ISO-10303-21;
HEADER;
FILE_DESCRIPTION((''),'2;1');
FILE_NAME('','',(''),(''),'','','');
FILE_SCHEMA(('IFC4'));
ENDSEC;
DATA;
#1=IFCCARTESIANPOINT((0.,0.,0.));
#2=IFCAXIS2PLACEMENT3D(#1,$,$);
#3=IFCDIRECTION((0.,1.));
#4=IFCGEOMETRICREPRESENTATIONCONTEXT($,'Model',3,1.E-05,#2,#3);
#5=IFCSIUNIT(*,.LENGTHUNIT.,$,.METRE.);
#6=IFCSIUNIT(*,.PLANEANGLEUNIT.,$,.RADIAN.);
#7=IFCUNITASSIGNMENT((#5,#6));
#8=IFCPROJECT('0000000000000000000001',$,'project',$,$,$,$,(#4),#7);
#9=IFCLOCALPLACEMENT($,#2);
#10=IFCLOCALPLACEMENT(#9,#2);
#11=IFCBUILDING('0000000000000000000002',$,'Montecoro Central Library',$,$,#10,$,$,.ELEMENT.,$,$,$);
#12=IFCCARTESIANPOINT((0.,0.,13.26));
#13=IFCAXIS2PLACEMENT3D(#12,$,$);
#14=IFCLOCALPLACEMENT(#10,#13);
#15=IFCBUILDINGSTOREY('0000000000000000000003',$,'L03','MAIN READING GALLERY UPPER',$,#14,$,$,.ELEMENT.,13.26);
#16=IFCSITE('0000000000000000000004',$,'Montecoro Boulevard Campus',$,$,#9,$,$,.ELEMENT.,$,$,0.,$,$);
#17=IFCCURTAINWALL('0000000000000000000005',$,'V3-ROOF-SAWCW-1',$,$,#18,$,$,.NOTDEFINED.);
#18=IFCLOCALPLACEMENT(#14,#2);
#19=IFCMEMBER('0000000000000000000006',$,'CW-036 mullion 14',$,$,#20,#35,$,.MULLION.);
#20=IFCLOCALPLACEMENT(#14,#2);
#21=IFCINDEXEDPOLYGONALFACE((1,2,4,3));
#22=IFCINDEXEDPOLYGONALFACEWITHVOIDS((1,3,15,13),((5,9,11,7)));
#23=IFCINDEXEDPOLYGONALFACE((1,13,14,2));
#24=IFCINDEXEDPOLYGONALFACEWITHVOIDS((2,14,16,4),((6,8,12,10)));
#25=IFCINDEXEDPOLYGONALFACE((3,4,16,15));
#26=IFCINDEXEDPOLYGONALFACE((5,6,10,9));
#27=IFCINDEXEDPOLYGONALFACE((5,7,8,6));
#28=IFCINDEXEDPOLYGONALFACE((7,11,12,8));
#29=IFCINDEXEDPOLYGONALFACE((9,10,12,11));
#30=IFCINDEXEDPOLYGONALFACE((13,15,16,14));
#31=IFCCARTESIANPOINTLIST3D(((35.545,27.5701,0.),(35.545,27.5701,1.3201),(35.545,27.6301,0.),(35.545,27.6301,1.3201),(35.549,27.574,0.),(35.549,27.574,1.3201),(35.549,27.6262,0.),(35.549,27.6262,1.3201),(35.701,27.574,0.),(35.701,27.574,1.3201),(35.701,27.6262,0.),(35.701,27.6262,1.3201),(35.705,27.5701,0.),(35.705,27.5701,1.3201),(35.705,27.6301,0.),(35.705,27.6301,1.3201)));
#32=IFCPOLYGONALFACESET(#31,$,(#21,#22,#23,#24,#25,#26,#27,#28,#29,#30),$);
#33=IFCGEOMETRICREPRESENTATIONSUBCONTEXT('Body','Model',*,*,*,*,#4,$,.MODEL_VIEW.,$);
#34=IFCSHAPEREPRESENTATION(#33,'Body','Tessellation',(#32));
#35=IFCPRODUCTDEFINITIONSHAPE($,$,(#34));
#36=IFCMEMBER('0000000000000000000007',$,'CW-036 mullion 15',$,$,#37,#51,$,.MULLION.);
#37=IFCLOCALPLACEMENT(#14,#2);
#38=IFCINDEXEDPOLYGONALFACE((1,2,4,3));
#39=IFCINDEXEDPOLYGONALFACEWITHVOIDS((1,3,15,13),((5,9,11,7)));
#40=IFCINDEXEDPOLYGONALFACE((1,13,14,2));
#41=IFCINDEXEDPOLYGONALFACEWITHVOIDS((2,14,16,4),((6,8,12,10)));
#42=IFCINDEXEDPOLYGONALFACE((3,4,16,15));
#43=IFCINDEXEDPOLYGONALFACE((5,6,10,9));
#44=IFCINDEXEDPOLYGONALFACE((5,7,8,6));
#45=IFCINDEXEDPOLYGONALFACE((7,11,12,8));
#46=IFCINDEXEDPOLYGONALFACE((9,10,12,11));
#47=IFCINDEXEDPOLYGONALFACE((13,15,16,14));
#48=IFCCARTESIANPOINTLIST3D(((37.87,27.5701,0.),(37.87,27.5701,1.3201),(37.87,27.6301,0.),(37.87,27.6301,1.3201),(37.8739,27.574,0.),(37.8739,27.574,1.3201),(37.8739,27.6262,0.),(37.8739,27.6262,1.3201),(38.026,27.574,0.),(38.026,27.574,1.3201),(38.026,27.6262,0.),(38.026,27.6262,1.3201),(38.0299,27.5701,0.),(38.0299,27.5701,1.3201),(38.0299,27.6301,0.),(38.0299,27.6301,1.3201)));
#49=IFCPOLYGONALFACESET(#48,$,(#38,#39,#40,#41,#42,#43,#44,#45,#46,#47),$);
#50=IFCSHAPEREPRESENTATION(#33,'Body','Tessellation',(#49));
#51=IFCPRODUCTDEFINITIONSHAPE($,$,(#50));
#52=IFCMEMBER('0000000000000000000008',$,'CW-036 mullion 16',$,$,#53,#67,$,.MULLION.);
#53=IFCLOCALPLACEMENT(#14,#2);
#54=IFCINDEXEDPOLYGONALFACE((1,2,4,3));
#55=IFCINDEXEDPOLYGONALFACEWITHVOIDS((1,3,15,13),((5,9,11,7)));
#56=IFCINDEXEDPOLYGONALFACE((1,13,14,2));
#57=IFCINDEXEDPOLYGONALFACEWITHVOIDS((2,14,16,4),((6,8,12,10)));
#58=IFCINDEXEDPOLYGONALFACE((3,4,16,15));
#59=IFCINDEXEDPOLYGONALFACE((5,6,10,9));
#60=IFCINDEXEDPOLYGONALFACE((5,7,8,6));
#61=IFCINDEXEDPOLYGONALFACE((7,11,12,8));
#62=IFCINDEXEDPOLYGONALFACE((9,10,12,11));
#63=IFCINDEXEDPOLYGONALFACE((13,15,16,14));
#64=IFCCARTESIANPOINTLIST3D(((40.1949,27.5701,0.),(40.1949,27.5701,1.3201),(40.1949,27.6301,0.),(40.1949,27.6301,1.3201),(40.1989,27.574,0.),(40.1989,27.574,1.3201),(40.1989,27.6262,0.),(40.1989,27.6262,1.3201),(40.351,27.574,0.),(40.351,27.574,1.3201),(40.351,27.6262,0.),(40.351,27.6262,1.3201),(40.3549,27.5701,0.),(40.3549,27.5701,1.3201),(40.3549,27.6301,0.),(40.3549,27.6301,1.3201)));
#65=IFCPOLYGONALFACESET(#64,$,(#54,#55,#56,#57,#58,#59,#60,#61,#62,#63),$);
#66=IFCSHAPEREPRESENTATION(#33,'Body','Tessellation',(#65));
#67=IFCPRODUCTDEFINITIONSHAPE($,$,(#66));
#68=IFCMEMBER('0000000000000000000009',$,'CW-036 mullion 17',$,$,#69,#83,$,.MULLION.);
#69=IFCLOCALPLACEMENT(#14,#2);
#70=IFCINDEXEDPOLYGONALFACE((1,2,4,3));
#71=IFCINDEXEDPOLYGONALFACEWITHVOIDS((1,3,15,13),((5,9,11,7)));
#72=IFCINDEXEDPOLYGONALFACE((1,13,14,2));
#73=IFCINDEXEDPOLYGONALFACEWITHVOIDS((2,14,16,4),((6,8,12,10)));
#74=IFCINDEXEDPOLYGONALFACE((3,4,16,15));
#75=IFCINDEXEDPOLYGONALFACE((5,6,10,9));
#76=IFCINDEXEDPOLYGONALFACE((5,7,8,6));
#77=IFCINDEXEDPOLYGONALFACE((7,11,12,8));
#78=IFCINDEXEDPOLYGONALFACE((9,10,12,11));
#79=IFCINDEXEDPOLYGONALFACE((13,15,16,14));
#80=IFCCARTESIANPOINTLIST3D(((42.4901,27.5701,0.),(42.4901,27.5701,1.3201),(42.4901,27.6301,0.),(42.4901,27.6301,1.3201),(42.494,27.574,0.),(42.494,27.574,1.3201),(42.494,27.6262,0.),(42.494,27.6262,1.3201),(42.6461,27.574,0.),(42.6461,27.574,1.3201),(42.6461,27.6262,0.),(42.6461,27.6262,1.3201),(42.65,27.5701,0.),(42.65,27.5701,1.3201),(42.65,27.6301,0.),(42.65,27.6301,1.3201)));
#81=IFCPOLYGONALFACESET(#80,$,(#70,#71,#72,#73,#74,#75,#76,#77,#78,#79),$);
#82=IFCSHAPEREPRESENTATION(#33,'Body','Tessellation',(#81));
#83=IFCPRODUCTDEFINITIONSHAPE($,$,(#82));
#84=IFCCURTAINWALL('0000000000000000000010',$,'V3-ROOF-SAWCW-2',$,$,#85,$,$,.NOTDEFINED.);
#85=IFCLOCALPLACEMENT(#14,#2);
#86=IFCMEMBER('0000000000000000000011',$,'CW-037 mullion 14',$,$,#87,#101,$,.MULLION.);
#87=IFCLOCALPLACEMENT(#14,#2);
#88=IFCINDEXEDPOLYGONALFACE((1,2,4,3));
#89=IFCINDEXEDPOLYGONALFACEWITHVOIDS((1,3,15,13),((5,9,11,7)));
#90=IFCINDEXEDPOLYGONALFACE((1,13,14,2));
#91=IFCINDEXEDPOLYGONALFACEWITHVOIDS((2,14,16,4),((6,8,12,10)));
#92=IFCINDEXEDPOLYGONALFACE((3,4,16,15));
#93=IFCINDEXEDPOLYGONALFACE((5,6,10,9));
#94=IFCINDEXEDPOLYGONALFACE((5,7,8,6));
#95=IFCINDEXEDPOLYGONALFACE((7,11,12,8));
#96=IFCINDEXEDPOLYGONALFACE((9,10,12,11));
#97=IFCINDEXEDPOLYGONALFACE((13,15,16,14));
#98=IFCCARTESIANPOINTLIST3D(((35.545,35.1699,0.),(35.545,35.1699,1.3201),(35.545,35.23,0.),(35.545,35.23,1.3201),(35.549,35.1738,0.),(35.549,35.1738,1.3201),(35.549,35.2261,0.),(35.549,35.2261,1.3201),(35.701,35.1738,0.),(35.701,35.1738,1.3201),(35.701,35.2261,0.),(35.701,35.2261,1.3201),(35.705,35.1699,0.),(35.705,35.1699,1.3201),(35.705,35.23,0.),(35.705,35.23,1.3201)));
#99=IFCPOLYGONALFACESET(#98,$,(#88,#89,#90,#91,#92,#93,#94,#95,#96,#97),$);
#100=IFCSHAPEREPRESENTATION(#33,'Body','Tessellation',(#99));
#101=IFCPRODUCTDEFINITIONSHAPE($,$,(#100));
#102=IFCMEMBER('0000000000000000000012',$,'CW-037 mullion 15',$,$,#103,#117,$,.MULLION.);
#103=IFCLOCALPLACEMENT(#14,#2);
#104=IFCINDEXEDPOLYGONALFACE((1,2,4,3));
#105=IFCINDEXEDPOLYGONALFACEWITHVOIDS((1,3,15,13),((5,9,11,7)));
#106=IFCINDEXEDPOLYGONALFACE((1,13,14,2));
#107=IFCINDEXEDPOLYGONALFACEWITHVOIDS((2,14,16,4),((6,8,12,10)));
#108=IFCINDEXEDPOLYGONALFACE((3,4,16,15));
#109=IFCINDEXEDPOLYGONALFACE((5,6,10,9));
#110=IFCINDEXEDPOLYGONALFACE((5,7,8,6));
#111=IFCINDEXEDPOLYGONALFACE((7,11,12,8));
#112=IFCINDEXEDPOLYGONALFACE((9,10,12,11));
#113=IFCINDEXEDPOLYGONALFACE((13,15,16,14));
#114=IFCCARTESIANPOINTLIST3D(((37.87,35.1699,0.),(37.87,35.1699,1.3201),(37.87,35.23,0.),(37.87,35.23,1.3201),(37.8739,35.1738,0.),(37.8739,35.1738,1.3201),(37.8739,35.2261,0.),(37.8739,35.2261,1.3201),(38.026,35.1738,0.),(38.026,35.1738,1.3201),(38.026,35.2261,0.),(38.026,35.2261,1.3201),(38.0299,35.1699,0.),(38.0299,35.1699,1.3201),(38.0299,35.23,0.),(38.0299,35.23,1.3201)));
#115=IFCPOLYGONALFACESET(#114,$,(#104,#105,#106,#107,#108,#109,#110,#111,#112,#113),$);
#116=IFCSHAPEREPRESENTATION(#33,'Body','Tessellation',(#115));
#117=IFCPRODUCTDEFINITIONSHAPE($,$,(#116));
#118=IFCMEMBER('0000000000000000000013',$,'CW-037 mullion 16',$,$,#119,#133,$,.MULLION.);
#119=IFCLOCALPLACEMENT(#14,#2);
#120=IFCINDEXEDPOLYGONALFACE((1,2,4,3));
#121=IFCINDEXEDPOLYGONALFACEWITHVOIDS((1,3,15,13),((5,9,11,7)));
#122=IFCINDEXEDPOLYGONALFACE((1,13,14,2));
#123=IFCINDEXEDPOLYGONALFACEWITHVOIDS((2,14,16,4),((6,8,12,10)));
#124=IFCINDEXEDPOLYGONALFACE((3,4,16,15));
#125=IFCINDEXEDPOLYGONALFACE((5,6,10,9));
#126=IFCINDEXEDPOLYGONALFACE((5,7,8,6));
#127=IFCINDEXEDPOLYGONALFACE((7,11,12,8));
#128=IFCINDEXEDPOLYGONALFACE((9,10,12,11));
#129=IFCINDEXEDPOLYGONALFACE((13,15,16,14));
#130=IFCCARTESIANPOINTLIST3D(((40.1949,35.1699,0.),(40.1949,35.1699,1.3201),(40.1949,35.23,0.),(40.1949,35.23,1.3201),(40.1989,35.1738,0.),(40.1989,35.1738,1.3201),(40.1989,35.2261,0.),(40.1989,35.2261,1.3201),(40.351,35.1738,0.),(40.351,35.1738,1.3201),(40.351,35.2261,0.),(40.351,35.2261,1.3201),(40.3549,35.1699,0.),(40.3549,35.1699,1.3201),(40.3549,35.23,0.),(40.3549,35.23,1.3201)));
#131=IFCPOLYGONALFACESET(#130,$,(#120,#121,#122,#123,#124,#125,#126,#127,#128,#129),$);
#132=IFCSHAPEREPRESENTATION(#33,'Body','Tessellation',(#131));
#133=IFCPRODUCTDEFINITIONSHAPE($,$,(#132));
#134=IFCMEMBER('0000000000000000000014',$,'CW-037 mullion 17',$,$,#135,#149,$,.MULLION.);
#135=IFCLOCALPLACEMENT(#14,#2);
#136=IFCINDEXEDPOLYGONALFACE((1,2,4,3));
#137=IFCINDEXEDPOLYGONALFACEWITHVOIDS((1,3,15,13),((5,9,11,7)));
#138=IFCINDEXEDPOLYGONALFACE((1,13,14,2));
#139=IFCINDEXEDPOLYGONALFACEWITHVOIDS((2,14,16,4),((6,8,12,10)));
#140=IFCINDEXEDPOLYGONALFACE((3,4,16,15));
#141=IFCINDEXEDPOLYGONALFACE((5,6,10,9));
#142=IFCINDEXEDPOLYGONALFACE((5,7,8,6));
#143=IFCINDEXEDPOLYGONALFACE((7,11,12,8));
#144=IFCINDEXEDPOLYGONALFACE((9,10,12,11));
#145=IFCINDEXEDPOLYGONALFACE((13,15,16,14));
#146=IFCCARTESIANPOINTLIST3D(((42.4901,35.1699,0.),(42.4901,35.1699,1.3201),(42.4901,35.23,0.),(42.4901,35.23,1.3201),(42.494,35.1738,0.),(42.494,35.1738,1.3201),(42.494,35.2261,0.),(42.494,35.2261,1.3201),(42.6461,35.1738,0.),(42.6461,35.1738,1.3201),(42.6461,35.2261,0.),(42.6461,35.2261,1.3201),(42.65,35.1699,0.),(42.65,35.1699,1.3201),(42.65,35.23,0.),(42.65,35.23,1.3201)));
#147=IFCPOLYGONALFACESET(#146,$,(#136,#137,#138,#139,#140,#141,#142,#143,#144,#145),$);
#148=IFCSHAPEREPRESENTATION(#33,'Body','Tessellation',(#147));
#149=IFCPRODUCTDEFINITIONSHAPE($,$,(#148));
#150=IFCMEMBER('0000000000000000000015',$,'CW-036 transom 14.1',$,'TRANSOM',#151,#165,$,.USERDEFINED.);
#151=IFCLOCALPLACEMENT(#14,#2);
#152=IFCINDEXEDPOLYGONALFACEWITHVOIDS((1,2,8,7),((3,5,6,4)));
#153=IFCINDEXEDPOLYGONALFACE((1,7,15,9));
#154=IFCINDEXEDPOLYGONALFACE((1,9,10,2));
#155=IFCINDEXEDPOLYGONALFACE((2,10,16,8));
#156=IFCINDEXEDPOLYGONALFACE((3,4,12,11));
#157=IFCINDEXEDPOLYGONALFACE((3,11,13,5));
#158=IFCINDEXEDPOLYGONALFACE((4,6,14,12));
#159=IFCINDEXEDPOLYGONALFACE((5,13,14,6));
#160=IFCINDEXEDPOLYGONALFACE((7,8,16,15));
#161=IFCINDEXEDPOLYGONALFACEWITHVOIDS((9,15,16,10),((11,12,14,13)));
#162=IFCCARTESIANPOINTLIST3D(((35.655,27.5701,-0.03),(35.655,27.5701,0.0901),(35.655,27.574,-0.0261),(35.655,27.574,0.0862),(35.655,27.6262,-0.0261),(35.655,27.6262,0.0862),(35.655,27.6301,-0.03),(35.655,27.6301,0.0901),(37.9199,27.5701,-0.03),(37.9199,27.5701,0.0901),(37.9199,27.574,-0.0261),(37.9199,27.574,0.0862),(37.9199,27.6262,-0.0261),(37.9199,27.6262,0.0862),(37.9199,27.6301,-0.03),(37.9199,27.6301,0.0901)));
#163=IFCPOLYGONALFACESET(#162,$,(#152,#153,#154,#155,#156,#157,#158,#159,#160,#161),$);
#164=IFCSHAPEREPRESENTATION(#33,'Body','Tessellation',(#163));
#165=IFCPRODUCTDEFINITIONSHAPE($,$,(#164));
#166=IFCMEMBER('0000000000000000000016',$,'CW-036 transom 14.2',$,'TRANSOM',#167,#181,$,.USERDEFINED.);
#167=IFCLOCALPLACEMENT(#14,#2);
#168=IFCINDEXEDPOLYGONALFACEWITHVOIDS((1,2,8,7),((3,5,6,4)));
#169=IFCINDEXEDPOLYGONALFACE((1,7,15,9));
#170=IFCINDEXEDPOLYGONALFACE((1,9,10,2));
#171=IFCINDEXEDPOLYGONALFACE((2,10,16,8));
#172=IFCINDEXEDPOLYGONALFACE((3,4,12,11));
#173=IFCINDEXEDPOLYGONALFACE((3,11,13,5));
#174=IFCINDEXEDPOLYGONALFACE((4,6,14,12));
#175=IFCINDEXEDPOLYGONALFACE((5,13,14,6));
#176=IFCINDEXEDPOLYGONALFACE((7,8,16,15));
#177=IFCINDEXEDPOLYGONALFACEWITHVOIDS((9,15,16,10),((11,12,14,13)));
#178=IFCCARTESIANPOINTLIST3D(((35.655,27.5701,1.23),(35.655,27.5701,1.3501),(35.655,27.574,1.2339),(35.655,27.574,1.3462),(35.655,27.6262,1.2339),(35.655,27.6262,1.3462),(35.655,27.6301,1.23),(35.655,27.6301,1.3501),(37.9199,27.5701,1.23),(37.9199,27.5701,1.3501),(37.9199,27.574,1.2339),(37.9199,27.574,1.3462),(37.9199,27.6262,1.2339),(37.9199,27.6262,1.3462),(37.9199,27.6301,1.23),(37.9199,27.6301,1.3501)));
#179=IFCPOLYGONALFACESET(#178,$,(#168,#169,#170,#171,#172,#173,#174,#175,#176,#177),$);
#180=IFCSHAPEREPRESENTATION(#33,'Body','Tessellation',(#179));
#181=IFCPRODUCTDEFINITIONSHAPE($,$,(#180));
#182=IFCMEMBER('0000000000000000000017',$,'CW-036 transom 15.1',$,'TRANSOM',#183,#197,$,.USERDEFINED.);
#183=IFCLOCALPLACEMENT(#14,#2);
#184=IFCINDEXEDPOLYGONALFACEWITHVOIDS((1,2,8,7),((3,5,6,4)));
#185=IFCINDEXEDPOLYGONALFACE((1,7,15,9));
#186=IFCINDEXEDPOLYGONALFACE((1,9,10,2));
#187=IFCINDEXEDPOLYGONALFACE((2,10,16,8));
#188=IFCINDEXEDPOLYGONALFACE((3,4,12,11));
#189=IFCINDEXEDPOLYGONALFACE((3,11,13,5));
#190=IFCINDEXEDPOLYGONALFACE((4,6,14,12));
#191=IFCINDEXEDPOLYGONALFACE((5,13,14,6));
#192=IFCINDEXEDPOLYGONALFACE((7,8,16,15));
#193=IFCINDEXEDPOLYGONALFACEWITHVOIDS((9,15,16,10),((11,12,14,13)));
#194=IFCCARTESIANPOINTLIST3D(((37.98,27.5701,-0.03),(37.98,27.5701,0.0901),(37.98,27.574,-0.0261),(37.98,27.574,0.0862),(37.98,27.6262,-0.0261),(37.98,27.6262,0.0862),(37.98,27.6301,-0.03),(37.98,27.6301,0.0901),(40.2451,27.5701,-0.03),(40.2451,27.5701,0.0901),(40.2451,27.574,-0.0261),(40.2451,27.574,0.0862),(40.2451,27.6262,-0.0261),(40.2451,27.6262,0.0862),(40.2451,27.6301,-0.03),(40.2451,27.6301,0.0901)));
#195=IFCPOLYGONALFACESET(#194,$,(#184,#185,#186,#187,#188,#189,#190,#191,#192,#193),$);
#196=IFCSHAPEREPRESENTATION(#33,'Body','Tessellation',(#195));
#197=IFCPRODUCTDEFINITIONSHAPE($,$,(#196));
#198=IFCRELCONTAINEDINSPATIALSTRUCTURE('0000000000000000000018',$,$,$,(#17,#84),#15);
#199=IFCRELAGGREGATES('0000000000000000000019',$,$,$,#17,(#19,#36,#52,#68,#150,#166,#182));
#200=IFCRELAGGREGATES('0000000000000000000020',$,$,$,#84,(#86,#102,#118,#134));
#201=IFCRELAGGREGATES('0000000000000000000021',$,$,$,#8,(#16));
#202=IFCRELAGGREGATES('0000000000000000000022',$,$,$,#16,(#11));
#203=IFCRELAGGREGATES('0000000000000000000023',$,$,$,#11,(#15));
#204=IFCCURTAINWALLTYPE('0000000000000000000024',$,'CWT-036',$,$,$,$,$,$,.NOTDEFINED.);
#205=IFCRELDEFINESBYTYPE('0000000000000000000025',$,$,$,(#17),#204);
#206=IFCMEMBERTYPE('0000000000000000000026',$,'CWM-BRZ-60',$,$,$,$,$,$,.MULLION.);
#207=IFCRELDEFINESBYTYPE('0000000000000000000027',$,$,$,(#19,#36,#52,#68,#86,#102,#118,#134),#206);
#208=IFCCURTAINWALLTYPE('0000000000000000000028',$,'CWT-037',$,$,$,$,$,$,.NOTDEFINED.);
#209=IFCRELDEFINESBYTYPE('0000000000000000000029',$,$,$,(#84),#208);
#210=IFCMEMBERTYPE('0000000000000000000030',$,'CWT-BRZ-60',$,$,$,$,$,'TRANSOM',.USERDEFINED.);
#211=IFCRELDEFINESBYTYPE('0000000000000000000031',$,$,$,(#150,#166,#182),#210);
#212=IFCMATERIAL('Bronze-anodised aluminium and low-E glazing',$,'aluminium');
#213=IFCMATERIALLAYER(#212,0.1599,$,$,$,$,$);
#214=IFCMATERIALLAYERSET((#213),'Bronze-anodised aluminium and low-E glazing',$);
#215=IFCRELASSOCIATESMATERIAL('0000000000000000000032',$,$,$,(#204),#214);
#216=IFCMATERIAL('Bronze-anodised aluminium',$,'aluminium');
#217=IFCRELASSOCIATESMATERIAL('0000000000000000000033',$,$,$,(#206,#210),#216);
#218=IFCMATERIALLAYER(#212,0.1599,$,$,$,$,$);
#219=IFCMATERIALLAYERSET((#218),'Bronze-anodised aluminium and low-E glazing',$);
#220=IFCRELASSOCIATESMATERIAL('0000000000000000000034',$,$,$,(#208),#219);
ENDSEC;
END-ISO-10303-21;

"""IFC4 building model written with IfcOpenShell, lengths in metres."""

from ifc_helpers import new_model, si_unit, direction, frame, origin, origin_2d, place, context, subcontext, project, spatial, hollow_rectangle, extrude, material, layer, layer_set, material_profile, profile_set, type_object, element, aggregate, save


model = new_model("IFC4")

# Units and contexts
model_context = context("Model", 3, precision=1e-05, world=origin(), true_north=direction((0.0, 1.0)))
body_context = subcontext(model_context, "Body", "Model", "MODEL_VIEW")
ifc_project = project(units=[si_unit("LENGTHUNIT", "METRE"), si_unit("PLANEANGLEUNIT", "RADIAN")], contexts=[model_context])

# Site, building, storey
site_placement = place(None, origin())
site = spatial("IfcSite", under=ifc_project, at=site_placement, Name="Montecoro Boulevard Campus", CompositionType="ELEMENT", RefElevation=0.0)
building_placement = place(site_placement, origin())
building = spatial("IfcBuilding", under=site, at=building_placement, Name="Montecoro Central Library", CompositionType="ELEMENT")
storey_placement = place(building_placement, frame((0.0, 0.0, 13.26)))
storey = spatial("IfcBuildingStorey", under=building, at=storey_placement, Name="L03", Description="MAIN READING GALLERY UPPER", CompositionType="ELEMENT", Elevation=13.26)

# Curtain walls, members
ifc_material_1 = material(Name="Bronze-anodised aluminium and low-E glazing", Category="aluminium")
ifc_layer_1 = layer(ifc_material_1, 0.1599)
ifc_layer_set_1 = layer_set([ifc_layer_1], Name="Bronze-anodised aluminium and low-E glazing")
curtain_wall_type_1 = type_object("IfcCurtainWallType", Name="CWT-036", PredefinedType="NOTDEFINED", material=ifc_layer_set_1)
curtain_wall_1_placement = place(storey_placement, origin())
curtain_wall_1 = element("IfcCurtainWall", 1, at=curtain_wall_1_placement, inside=storey, type_object=curtain_wall_type_1, Name="V3-ROOF-SAWCW-1", PredefinedType="NOTDEFINED")
ifc_material_2 = material(Name="Bronze-anodised aluminium", Category="aluminium")
ifc_material_profile_1 = material_profile(ifc_material_2, hollow_rectangle(XDim=0.0601, YDim=0.1599, WallThickness=0.0039, at=origin_2d()), Name="CWM 160x60x4.0")
ifc_profile_set_1 = profile_set([ifc_material_profile_1], Name="Bronze-anodised aluminium")
member_type_1 = type_object("IfcMemberType", Name="CWM-BRZ-60", PredefinedType="MULLION", material=ifc_profile_set_1)
member_1_placement = place(storey_placement, frame((35.625, 27.6001, 0.0), z_axis=(0.0, 0.0, 1.0), x_axis=(0.0, 1.0, 0.0)))
member_1 = element("IfcMember", 2, at=member_1_placement, type_object=member_type_1, Name="CW-036 mullion 14", PredefinedType="MULLION", context=body_context, shape_type="SweptSolid", body=[
    extrude(hollow_rectangle(XDim=0.0601, YDim=0.1599, WallThickness=0.0039, at=origin_2d()), origin(), (0.0, 0.0, 1.0), 1.3201),
])
member_2_placement = place(storey_placement, frame((37.95, 27.6001, 0.0), z_axis=(0.0, 0.0, 1.0), x_axis=(0.0, 1.0, 0.0)))
member_2 = element("IfcMember", 3, at=member_2_placement, type_object=member_type_1, Name="CW-036 mullion 15", PredefinedType="MULLION", context=body_context, shape_type="SweptSolid", body=[
    extrude(hollow_rectangle(XDim=0.0601, YDim=0.1599, WallThickness=0.0039, at=origin_2d()), origin(), (0.0, 0.0, 1.0), 1.3201),
])
member_3_placement = place(storey_placement, frame((40.2749, 27.6001, 0.0), z_axis=(0.0, 0.0, 1.0), x_axis=(0.0, 1.0, 0.0)))
member_3 = element("IfcMember", 4, at=member_3_placement, type_object=member_type_1, Name="CW-036 mullion 16", PredefinedType="MULLION", context=body_context, shape_type="SweptSolid", body=[
    extrude(hollow_rectangle(XDim=0.0601, YDim=0.1599, WallThickness=0.0039, at=origin_2d()), origin(), (0.0, 0.0, 1.0), 1.3201),
])
member_4_placement = place(storey_placement, frame((42.5701, 27.6001, 0.0), z_axis=(0.0, 0.0, 1.0), x_axis=(0.0, 1.0, 0.0)))
member_4 = element("IfcMember", 5, at=member_4_placement, type_object=member_type_1, Name="CW-036 mullion 17", PredefinedType="MULLION", context=body_context, shape_type="SweptSolid", body=[
    extrude(hollow_rectangle(XDim=0.0601, YDim=0.1599, WallThickness=0.0039, at=origin_2d()), origin(), (0.0, 0.0, 1.0), 1.3201),
])
ifc_layer_2 = layer(ifc_material_1, 0.1599)
ifc_layer_set_2 = layer_set([ifc_layer_2], Name="Bronze-anodised aluminium and low-E glazing")
curtain_wall_type_2 = type_object("IfcCurtainWallType", Name="CWT-037", PredefinedType="NOTDEFINED", material=ifc_layer_set_2)
curtain_wall_2_placement = place(storey_placement, origin())
curtain_wall_2 = element("IfcCurtainWall", 6, at=curtain_wall_2_placement, inside=storey, type_object=curtain_wall_type_2, Name="V3-ROOF-SAWCW-2", PredefinedType="NOTDEFINED")
member_5_placement = place(storey_placement, frame((35.625, 35.2, 0.0), z_axis=(0.0, 0.0, 1.0), x_axis=(0.0, 1.0, 0.0)))
member_5 = element("IfcMember", 7, at=member_5_placement, type_object=member_type_1, Name="CW-037 mullion 14", PredefinedType="MULLION", context=body_context, shape_type="SweptSolid", body=[
    extrude(hollow_rectangle(XDim=0.0601, YDim=0.1599, WallThickness=0.0039, at=origin_2d()), origin(), (0.0, 0.0, 1.0), 1.3201),
])
member_6_placement = place(storey_placement, frame((37.95, 35.2, 0.0), z_axis=(0.0, 0.0, 1.0), x_axis=(0.0, 1.0, 0.0)))
member_6 = element("IfcMember", 8, at=member_6_placement, type_object=member_type_1, Name="CW-037 mullion 15", PredefinedType="MULLION", context=body_context, shape_type="SweptSolid", body=[
    extrude(hollow_rectangle(XDim=0.0601, YDim=0.1599, WallThickness=0.0039, at=origin_2d()), origin(), (0.0, 0.0, 1.0), 1.3201),
])
member_7_placement = place(storey_placement, frame((40.2749, 35.2, 0.0), z_axis=(0.0, 0.0, 1.0), x_axis=(0.0, 1.0, 0.0)))
member_7 = element("IfcMember", 9, at=member_7_placement, type_object=member_type_1, Name="CW-037 mullion 16", PredefinedType="MULLION", context=body_context, shape_type="SweptSolid", body=[
    extrude(hollow_rectangle(XDim=0.0601, YDim=0.1599, WallThickness=0.0039, at=origin_2d()), origin(), (0.0, 0.0, 1.0), 1.3201),
])
member_8_placement = place(storey_placement, frame((42.5701, 35.2, 0.0), z_axis=(0.0, 0.0, 1.0), x_axis=(0.0, 1.0, 0.0)))
member_8 = element("IfcMember", 10, at=member_8_placement, type_object=member_type_1, Name="CW-037 mullion 17", PredefinedType="MULLION", context=body_context, shape_type="SweptSolid", body=[
    extrude(hollow_rectangle(XDim=0.0601, YDim=0.1599, WallThickness=0.0039, at=origin_2d()), origin(), (0.0, 0.0, 1.0), 1.3201),
])

# Members
ifc_material_profile_2 = material_profile(ifc_material_2, hollow_rectangle(XDim=0.0601, YDim=0.1201, WallThickness=0.0039, at=origin_2d()), Name="CWT 120x60x4.0")
ifc_profile_set_2 = profile_set([ifc_material_profile_2], Name="Bronze-anodised aluminium")
member_type_2 = type_object("IfcMemberType", Name="CWT-BRZ-60", ElementType="TRANSOM", PredefinedType="USERDEFINED", material=ifc_profile_set_2)
member_9_placement = place(storey_placement, frame((35.655, 27.6001, 0.03), z_axis=(1.0, 0.0, 0.0), x_axis=(0.0, 1.0, 0.0)))
member_9 = element("IfcMember", 11, at=member_9_placement, type_object=member_type_2, Name="CW-036 transom 14.1", ObjectType="TRANSOM", PredefinedType="USERDEFINED", context=body_context, shape_type="SweptSolid", body=[
    extrude(hollow_rectangle(XDim=0.0601, YDim=0.1201, WallThickness=0.0039, at=origin_2d()), origin(), (0.0, 0.0, 1.0), 2.2649),
])
member_10_placement = place(storey_placement, frame((35.655, 27.6001, 1.29), z_axis=(1.0, 0.0, 0.0), x_axis=(0.0, 1.0, 0.0)))
member_10 = element("IfcMember", 12, at=member_10_placement, type_object=member_type_2, Name="CW-036 transom 14.2", ObjectType="TRANSOM", PredefinedType="USERDEFINED", context=body_context, shape_type="SweptSolid", body=[
    extrude(hollow_rectangle(XDim=0.0601, YDim=0.1201, WallThickness=0.0039, at=origin_2d()), origin(), (0.0, 0.0, 1.0), 2.2649),
])
member_11_placement = place(storey_placement, frame((37.98, 27.6001, 0.03), z_axis=(1.0, 0.0, 0.0), x_axis=(0.0, 1.0, 0.0)))
member_11 = element("IfcMember", 13, at=member_11_placement, type_object=member_type_2, Name="CW-036 transom 15.1", ObjectType="TRANSOM", PredefinedType="USERDEFINED", context=body_context, shape_type="SweptSolid", body=[
    extrude(hollow_rectangle(XDim=0.0601, YDim=0.1201, WallThickness=0.0039, at=origin_2d()), origin(), (0.0, 0.0, 1.0), 2.2651),
])

aggregate(curtain_wall_1, [member_1, member_2, member_3, member_4, member_9, member_10, member_11])
aggregate(curtain_wall_2, [member_5, member_6, member_7, member_8])

save(model, "model.ifc")
